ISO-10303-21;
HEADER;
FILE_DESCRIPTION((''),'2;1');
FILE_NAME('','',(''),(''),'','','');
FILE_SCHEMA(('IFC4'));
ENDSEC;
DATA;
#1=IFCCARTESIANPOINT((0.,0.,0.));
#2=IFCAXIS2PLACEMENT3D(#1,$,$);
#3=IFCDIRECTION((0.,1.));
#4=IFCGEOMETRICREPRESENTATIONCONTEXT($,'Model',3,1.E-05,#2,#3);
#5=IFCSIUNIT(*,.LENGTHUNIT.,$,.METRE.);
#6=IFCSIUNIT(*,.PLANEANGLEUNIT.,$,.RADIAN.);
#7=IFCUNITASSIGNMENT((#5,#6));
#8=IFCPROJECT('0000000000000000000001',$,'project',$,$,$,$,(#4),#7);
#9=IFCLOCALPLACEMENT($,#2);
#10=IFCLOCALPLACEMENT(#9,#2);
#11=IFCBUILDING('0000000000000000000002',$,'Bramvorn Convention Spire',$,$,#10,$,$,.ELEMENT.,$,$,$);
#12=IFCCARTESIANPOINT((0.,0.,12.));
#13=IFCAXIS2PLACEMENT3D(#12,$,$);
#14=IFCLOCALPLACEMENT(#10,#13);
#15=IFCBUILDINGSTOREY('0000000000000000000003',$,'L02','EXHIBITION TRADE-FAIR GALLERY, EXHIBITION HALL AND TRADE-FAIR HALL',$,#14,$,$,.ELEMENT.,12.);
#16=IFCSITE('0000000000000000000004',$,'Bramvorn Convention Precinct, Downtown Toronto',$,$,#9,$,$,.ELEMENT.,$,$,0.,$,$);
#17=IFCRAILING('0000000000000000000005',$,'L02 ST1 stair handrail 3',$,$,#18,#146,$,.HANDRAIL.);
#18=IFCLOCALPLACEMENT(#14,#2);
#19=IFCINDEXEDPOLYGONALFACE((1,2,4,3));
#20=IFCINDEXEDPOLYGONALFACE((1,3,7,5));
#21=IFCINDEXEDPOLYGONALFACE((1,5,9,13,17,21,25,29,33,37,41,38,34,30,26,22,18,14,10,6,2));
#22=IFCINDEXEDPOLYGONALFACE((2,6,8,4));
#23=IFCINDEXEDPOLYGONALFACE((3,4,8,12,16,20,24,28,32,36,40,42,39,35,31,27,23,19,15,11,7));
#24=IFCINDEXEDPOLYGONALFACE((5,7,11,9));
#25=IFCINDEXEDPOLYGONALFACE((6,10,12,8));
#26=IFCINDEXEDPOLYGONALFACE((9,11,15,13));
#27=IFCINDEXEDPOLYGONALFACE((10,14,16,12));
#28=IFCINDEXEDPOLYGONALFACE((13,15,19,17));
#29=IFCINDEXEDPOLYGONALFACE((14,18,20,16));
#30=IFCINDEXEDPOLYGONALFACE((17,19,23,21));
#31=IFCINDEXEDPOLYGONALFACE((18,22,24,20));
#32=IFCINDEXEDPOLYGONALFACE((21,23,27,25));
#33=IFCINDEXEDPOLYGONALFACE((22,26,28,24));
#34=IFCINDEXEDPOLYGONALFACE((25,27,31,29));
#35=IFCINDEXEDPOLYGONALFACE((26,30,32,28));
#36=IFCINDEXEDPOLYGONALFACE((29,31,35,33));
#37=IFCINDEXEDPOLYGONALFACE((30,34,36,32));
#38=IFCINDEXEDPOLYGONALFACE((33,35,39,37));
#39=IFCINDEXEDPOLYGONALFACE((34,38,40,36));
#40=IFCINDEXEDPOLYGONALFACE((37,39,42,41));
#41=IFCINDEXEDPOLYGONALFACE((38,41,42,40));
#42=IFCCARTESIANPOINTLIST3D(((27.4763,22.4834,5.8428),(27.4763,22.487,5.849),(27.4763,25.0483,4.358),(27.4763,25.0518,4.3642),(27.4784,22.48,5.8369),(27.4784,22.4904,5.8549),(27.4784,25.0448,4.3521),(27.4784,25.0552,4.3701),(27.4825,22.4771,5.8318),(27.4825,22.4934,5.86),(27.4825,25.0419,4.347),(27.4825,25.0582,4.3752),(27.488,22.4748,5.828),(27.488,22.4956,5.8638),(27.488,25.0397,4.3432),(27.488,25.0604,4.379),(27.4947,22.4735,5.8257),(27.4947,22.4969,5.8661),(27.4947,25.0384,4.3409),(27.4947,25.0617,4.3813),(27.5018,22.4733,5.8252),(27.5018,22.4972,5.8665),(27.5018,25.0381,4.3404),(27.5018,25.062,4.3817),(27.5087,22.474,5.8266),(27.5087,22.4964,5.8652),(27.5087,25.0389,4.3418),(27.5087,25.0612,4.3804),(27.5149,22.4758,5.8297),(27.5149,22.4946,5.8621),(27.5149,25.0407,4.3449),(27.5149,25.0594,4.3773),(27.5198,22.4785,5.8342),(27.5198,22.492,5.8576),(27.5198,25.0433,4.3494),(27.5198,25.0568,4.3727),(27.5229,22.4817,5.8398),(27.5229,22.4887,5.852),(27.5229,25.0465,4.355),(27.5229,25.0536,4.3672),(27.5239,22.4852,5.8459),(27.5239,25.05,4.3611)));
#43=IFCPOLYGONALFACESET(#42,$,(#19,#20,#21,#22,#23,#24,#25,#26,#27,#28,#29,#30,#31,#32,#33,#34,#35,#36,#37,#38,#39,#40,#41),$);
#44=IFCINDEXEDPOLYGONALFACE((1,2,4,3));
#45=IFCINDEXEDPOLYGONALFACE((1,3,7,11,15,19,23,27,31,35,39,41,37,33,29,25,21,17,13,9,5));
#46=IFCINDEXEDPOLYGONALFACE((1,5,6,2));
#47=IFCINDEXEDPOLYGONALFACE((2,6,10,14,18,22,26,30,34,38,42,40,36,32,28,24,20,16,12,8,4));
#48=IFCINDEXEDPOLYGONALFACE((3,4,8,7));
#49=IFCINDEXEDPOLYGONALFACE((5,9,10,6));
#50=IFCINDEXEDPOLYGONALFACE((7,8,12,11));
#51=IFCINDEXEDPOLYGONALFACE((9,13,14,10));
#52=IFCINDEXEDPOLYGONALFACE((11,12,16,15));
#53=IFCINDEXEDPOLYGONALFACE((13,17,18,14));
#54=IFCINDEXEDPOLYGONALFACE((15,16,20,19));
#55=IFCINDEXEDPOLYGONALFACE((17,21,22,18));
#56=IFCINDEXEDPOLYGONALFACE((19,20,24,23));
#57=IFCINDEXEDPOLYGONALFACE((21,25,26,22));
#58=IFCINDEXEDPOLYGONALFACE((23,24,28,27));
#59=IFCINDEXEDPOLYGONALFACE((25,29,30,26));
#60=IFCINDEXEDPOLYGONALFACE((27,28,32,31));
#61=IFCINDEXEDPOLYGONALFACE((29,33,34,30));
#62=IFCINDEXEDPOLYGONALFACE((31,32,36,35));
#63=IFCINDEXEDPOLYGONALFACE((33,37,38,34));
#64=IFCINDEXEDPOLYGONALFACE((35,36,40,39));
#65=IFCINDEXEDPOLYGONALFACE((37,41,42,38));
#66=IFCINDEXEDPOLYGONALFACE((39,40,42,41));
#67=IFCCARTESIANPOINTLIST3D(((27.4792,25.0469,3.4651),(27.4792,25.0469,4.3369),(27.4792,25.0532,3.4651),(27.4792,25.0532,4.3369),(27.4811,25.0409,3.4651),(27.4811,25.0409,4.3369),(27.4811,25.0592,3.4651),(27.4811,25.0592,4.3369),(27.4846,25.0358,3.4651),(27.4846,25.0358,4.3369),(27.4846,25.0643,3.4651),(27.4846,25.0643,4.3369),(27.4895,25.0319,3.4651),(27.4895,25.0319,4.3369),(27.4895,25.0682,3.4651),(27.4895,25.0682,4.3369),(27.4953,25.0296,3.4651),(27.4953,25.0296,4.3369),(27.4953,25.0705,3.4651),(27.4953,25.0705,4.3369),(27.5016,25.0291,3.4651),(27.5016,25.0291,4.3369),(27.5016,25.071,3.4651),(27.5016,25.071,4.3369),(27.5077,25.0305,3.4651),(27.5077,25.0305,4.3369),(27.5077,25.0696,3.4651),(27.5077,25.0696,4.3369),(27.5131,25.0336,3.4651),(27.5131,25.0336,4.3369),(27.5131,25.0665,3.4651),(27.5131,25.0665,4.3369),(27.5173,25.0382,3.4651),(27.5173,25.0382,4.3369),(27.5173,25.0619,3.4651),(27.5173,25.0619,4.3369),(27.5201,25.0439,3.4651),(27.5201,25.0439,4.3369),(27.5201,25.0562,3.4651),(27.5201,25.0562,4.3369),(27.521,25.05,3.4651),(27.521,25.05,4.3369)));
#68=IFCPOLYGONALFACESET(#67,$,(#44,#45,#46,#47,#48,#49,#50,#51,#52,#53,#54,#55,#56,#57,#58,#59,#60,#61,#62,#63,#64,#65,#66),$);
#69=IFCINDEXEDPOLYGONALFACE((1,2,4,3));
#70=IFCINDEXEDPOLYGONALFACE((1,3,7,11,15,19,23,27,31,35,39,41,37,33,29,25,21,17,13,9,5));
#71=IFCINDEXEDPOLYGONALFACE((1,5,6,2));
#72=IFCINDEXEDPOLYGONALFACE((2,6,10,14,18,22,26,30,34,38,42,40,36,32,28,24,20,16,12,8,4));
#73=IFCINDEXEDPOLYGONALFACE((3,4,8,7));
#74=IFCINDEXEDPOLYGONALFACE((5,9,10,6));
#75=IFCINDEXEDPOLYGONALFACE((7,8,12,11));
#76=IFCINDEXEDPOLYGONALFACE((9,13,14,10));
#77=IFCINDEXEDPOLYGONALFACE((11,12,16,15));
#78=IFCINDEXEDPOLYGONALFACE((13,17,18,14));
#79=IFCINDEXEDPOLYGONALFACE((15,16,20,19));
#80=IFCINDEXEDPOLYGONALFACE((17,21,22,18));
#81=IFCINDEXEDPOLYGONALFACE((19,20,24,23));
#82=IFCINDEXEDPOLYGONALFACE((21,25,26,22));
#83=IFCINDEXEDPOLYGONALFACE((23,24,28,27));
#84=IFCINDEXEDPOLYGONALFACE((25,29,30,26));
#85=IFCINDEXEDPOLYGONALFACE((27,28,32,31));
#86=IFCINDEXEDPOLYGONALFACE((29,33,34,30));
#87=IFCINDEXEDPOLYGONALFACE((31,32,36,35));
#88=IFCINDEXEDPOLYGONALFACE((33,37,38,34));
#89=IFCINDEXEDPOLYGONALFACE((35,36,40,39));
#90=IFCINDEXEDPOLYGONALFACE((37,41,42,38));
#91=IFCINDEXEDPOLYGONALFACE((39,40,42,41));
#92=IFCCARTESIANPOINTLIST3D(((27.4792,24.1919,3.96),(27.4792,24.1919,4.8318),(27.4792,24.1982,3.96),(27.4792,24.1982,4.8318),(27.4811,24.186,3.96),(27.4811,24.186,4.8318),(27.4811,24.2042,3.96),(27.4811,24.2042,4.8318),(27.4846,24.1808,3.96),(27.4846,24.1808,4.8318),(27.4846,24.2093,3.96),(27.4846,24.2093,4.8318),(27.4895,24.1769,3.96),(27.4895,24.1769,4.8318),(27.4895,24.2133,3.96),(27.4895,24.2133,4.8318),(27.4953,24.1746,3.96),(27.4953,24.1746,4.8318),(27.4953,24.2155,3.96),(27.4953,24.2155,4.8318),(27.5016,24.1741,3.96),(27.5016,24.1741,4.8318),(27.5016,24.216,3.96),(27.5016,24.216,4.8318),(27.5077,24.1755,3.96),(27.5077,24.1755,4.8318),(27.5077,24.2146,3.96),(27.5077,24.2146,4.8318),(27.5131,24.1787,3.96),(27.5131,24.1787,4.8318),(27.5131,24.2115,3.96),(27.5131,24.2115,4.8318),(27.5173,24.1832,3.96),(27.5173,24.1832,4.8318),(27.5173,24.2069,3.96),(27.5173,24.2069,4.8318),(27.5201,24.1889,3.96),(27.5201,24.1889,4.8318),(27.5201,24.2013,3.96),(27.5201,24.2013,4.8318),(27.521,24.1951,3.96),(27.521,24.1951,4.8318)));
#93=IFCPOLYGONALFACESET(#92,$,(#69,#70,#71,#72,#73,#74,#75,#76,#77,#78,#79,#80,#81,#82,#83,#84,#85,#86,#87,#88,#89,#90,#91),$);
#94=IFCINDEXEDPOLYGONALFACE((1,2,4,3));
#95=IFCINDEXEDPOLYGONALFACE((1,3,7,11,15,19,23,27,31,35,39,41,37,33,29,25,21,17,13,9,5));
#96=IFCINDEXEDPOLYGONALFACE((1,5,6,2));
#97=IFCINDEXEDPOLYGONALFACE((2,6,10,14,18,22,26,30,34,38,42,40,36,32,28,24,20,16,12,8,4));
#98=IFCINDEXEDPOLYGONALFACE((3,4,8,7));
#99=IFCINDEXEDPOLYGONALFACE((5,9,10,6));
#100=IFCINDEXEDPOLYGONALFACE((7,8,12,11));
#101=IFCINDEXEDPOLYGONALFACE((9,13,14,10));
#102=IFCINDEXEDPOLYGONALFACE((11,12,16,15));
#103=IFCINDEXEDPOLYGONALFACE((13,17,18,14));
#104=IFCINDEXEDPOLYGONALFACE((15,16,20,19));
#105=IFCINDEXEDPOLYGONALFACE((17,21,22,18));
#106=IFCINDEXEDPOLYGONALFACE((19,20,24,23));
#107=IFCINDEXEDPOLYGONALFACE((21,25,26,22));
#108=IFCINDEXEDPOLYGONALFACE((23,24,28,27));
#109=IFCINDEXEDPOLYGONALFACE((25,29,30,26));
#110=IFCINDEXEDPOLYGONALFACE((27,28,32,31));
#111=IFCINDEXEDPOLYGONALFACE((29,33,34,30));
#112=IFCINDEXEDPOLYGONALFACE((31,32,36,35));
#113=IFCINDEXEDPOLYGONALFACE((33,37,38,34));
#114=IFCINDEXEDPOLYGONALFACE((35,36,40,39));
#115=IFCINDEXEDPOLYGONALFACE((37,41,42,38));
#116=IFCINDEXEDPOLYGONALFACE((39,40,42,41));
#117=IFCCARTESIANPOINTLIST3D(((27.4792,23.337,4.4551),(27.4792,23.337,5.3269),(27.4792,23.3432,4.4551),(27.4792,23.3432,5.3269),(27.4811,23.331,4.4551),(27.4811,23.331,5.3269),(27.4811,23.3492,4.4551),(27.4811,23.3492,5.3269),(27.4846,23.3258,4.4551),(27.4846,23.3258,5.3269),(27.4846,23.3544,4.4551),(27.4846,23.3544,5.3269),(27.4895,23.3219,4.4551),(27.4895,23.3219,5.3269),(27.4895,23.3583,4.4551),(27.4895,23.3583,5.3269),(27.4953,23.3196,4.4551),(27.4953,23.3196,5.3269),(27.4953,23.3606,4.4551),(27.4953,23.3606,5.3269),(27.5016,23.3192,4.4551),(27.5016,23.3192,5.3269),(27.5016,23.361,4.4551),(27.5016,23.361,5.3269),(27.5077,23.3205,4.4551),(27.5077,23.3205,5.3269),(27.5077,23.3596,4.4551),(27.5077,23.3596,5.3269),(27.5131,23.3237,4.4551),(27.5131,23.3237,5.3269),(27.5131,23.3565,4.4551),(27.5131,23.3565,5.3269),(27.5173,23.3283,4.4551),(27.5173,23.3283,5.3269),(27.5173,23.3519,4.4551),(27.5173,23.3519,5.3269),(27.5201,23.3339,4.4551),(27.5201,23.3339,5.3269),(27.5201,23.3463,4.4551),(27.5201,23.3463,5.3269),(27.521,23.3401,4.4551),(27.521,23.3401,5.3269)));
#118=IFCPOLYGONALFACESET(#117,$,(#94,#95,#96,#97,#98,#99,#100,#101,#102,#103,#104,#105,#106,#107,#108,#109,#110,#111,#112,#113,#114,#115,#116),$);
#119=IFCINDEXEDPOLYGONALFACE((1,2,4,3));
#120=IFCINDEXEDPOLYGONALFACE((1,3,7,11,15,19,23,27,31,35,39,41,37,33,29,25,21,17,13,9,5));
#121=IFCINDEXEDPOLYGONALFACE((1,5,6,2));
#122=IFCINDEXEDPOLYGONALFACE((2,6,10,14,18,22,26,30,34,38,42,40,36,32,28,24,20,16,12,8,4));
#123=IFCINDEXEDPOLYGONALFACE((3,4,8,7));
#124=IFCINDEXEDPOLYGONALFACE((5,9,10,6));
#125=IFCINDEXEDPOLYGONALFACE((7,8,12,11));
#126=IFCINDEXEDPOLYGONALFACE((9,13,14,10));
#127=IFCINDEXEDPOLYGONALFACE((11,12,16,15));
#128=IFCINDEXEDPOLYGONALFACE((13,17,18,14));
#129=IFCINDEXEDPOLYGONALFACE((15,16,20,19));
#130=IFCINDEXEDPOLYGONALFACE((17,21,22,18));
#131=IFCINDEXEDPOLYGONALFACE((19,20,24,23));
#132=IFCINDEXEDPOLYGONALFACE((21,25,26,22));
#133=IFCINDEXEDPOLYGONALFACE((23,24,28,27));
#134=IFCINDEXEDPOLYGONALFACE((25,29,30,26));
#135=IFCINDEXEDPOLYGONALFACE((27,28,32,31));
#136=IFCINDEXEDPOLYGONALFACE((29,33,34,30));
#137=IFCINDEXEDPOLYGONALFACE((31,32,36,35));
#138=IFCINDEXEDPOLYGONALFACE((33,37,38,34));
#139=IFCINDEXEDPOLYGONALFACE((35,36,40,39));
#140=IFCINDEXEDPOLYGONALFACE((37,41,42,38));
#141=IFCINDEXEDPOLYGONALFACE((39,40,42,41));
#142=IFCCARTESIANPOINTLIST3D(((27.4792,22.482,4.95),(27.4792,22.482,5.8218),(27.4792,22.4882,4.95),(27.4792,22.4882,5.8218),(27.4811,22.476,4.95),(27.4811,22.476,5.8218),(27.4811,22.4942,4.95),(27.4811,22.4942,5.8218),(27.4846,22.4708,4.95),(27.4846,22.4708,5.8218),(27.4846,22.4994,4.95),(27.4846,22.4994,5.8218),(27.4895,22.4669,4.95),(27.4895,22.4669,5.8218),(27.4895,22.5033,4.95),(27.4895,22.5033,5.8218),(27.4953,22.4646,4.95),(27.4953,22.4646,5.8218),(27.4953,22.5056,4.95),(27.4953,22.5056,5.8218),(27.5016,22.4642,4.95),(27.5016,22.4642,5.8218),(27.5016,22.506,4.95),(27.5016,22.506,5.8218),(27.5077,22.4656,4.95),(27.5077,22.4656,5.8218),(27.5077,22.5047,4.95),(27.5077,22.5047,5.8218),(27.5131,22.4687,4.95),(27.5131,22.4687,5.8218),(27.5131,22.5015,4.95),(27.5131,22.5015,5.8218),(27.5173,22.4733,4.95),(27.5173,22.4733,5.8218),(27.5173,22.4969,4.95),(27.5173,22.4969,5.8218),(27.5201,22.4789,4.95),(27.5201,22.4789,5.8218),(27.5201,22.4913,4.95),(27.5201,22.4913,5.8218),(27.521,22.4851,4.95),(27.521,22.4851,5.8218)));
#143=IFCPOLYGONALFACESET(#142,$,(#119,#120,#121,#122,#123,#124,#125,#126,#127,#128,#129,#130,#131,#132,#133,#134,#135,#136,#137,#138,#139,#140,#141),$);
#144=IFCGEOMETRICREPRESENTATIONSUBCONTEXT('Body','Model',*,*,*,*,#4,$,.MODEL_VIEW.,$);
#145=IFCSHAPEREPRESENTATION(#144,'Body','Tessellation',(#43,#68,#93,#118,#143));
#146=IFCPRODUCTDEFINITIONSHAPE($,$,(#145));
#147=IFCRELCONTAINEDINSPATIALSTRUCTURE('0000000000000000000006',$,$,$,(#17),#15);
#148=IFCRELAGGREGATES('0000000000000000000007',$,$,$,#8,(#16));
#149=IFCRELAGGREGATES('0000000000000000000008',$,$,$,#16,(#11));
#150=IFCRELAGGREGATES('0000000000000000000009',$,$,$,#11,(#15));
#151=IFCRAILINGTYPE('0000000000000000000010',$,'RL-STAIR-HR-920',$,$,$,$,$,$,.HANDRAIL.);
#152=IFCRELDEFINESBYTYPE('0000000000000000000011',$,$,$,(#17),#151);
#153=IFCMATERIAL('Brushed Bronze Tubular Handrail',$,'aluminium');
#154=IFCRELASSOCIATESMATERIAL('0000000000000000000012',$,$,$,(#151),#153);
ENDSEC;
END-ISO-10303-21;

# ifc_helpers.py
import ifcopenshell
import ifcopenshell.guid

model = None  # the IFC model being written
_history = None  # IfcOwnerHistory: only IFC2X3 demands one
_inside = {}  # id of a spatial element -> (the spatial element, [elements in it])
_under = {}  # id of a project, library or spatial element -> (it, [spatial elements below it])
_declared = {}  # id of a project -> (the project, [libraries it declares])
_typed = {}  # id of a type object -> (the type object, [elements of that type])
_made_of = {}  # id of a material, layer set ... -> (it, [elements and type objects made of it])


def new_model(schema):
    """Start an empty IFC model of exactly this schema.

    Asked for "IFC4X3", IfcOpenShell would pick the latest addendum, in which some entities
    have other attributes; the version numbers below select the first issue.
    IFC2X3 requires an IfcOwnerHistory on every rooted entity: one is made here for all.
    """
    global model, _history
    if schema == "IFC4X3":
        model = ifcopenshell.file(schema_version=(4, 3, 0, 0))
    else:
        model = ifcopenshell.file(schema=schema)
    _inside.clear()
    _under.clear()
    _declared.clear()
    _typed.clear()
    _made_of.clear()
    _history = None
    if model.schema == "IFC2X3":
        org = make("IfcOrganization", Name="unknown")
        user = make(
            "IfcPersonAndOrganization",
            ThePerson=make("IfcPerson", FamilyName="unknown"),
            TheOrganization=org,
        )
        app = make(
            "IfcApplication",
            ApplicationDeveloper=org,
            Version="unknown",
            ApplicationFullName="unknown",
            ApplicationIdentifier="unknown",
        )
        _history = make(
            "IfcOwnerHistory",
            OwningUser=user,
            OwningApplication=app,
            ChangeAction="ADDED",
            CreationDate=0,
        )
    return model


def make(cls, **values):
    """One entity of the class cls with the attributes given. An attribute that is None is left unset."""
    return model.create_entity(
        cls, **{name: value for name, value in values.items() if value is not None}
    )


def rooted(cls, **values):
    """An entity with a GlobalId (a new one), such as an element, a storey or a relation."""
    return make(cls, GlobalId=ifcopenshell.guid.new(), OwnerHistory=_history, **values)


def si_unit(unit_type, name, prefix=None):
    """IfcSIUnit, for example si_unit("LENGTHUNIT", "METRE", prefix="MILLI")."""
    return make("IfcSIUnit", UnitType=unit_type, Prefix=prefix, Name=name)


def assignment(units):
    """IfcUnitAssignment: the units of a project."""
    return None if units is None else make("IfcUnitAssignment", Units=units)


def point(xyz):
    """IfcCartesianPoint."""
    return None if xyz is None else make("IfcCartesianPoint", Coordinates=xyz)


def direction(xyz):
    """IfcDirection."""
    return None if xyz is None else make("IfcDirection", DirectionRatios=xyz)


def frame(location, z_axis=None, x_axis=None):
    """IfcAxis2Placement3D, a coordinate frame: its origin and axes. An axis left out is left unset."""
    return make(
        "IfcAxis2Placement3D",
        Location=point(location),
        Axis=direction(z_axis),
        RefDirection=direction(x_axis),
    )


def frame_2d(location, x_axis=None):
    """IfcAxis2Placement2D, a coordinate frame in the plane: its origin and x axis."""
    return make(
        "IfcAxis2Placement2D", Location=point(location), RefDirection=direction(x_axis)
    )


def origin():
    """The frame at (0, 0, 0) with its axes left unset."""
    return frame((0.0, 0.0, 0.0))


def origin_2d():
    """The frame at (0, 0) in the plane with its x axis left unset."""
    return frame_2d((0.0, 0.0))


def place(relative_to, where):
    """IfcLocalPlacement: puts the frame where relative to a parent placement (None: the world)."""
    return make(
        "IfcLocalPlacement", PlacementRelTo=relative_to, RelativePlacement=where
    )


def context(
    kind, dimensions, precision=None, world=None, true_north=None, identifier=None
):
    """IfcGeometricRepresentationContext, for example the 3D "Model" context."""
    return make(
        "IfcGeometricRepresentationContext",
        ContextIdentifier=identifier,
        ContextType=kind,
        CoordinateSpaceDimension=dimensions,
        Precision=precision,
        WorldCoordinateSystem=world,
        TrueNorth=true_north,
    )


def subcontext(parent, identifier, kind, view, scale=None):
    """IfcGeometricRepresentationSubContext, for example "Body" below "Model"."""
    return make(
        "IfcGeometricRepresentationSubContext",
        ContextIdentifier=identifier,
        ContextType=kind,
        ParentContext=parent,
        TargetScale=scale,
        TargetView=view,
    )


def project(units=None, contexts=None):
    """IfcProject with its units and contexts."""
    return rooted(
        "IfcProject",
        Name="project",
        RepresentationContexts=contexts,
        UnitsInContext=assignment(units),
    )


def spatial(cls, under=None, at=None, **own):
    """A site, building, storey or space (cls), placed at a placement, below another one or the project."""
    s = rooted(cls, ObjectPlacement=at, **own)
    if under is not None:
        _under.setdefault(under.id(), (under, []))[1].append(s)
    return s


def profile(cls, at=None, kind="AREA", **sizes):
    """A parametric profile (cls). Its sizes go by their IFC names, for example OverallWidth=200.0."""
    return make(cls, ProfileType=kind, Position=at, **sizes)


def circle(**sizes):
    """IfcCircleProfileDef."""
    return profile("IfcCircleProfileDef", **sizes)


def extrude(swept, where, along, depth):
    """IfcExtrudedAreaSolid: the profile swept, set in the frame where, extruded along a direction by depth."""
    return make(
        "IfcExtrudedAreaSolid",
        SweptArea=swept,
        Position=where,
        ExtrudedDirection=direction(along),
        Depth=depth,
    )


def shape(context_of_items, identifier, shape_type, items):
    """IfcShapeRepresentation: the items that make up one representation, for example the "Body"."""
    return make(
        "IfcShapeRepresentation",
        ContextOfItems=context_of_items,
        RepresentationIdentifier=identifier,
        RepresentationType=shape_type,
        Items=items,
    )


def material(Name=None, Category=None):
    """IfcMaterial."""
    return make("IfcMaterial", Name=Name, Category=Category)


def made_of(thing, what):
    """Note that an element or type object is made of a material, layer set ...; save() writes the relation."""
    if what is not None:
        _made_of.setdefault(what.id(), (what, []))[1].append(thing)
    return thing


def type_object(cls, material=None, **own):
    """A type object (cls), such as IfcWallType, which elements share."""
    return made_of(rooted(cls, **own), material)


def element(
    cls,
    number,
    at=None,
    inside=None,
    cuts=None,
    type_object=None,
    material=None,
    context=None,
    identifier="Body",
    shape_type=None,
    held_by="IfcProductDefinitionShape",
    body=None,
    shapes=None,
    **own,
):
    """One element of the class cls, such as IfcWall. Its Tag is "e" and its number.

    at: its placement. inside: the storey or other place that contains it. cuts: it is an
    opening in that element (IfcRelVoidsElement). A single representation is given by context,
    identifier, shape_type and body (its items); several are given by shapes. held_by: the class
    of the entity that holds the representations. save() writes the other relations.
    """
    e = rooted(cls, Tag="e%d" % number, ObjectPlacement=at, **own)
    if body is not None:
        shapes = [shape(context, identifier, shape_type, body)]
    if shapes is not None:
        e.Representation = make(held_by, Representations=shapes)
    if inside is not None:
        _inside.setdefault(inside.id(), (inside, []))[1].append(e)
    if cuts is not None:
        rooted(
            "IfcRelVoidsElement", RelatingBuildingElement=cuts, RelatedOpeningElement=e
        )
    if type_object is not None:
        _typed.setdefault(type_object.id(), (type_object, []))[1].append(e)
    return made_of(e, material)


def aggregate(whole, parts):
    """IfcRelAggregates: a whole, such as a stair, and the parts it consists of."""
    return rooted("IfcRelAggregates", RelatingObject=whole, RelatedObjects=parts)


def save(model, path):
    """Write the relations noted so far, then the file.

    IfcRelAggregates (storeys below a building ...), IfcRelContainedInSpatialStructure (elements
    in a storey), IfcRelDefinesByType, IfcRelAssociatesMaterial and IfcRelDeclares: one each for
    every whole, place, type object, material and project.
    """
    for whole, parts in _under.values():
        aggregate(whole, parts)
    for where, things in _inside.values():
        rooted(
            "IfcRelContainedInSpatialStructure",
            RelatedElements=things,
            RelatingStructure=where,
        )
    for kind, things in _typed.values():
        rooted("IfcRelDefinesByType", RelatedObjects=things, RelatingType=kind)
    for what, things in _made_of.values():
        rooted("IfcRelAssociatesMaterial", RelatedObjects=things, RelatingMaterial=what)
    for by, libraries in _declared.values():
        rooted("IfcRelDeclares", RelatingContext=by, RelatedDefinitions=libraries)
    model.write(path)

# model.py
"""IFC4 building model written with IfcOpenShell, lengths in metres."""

from ifc_helpers import new_model, si_unit, direction, frame, origin, origin_2d, place, context, subcontext, project, spatial, circle, extrude, material, type_object, element, save


model = new_model("IFC4")

# Units and contexts
model_context = context("Model", 3, precision=1e-05, world=origin(), true_north=direction((0.0, 1.0)))
body_context = subcontext(model_context, "Body", "Model", "MODEL_VIEW")
ifc_project = project(units=[si_unit("LENGTHUNIT", "METRE"), si_unit("PLANEANGLEUNIT", "RADIAN")], contexts=[model_context])

# Site, building, storey
site_placement = place(None, origin())
site = spatial("IfcSite", under=ifc_project, at=site_placement, Name="Bramvorn Convention Precinct, Downtown Toronto", CompositionType="ELEMENT", RefElevation=0.0)
building_placement = place(site_placement, origin())
building = spatial("IfcBuilding", under=site, at=building_placement, Name="Bramvorn Convention Spire", CompositionType="ELEMENT")
storey_placement = place(building_placement, frame((0.0, 0.0, 12.0)))
storey = spatial("IfcBuildingStorey", under=building, at=storey_placement, Name="L02", Description="EXHIBITION TRADE-FAIR GALLERY, EXHIBITION HALL AND TRADE-FAIR HALL", CompositionType="ELEMENT", Elevation=12.0)

# Railing
ifc_material_1 = material(Name="Brushed Bronze Tubular Handrail", Category="aluminium")
railing_type_1 = type_object("IfcRailingType", Name="RL-STAIR-HR-920", PredefinedType="HANDRAIL", material=ifc_material_1)
railing_1_placement = place(storey_placement, frame((27.5, 25.05, 3.4651)))
element("IfcRailing", 1, at=railing_1_placement, inside=storey, type_object=railing_type_1, Name="L02 ST1 stair handrail 3", PredefinedType="HANDRAIL", context=body_context, shape_type="SweptSolid", body=[
    extrude(circle(Radius=0.0239, at=origin_2d()), frame((0.0, 0.0, 0.896), z_axis=(0.0, -0.865441, 0.50101), x_axis=(1.0, 0.0, 0.0)), (0.0, 0.0, 1.0), 2.9636),
    extrude(circle(Radius=0.021, at=origin_2d()), origin(), (0.0, 0.0, 1.0), 0.8718),
    extrude(circle(Radius=0.021, at=origin_2d()), frame((0.0, -0.855, 0.4949)), (0.0, 0.0, 1.0), 0.8718),
    extrude(circle(Radius=0.021, at=origin_2d()), frame((0.0, -1.71, 0.99)), (0.0, 0.0, 1.0), 0.8718),
    extrude(circle(Radius=0.021, at=origin_2d()), frame((0.0, -2.5649, 1.4849)), (0.0, 0.0, 1.0), 0.8718),
])

save(model, "model.ifc")
